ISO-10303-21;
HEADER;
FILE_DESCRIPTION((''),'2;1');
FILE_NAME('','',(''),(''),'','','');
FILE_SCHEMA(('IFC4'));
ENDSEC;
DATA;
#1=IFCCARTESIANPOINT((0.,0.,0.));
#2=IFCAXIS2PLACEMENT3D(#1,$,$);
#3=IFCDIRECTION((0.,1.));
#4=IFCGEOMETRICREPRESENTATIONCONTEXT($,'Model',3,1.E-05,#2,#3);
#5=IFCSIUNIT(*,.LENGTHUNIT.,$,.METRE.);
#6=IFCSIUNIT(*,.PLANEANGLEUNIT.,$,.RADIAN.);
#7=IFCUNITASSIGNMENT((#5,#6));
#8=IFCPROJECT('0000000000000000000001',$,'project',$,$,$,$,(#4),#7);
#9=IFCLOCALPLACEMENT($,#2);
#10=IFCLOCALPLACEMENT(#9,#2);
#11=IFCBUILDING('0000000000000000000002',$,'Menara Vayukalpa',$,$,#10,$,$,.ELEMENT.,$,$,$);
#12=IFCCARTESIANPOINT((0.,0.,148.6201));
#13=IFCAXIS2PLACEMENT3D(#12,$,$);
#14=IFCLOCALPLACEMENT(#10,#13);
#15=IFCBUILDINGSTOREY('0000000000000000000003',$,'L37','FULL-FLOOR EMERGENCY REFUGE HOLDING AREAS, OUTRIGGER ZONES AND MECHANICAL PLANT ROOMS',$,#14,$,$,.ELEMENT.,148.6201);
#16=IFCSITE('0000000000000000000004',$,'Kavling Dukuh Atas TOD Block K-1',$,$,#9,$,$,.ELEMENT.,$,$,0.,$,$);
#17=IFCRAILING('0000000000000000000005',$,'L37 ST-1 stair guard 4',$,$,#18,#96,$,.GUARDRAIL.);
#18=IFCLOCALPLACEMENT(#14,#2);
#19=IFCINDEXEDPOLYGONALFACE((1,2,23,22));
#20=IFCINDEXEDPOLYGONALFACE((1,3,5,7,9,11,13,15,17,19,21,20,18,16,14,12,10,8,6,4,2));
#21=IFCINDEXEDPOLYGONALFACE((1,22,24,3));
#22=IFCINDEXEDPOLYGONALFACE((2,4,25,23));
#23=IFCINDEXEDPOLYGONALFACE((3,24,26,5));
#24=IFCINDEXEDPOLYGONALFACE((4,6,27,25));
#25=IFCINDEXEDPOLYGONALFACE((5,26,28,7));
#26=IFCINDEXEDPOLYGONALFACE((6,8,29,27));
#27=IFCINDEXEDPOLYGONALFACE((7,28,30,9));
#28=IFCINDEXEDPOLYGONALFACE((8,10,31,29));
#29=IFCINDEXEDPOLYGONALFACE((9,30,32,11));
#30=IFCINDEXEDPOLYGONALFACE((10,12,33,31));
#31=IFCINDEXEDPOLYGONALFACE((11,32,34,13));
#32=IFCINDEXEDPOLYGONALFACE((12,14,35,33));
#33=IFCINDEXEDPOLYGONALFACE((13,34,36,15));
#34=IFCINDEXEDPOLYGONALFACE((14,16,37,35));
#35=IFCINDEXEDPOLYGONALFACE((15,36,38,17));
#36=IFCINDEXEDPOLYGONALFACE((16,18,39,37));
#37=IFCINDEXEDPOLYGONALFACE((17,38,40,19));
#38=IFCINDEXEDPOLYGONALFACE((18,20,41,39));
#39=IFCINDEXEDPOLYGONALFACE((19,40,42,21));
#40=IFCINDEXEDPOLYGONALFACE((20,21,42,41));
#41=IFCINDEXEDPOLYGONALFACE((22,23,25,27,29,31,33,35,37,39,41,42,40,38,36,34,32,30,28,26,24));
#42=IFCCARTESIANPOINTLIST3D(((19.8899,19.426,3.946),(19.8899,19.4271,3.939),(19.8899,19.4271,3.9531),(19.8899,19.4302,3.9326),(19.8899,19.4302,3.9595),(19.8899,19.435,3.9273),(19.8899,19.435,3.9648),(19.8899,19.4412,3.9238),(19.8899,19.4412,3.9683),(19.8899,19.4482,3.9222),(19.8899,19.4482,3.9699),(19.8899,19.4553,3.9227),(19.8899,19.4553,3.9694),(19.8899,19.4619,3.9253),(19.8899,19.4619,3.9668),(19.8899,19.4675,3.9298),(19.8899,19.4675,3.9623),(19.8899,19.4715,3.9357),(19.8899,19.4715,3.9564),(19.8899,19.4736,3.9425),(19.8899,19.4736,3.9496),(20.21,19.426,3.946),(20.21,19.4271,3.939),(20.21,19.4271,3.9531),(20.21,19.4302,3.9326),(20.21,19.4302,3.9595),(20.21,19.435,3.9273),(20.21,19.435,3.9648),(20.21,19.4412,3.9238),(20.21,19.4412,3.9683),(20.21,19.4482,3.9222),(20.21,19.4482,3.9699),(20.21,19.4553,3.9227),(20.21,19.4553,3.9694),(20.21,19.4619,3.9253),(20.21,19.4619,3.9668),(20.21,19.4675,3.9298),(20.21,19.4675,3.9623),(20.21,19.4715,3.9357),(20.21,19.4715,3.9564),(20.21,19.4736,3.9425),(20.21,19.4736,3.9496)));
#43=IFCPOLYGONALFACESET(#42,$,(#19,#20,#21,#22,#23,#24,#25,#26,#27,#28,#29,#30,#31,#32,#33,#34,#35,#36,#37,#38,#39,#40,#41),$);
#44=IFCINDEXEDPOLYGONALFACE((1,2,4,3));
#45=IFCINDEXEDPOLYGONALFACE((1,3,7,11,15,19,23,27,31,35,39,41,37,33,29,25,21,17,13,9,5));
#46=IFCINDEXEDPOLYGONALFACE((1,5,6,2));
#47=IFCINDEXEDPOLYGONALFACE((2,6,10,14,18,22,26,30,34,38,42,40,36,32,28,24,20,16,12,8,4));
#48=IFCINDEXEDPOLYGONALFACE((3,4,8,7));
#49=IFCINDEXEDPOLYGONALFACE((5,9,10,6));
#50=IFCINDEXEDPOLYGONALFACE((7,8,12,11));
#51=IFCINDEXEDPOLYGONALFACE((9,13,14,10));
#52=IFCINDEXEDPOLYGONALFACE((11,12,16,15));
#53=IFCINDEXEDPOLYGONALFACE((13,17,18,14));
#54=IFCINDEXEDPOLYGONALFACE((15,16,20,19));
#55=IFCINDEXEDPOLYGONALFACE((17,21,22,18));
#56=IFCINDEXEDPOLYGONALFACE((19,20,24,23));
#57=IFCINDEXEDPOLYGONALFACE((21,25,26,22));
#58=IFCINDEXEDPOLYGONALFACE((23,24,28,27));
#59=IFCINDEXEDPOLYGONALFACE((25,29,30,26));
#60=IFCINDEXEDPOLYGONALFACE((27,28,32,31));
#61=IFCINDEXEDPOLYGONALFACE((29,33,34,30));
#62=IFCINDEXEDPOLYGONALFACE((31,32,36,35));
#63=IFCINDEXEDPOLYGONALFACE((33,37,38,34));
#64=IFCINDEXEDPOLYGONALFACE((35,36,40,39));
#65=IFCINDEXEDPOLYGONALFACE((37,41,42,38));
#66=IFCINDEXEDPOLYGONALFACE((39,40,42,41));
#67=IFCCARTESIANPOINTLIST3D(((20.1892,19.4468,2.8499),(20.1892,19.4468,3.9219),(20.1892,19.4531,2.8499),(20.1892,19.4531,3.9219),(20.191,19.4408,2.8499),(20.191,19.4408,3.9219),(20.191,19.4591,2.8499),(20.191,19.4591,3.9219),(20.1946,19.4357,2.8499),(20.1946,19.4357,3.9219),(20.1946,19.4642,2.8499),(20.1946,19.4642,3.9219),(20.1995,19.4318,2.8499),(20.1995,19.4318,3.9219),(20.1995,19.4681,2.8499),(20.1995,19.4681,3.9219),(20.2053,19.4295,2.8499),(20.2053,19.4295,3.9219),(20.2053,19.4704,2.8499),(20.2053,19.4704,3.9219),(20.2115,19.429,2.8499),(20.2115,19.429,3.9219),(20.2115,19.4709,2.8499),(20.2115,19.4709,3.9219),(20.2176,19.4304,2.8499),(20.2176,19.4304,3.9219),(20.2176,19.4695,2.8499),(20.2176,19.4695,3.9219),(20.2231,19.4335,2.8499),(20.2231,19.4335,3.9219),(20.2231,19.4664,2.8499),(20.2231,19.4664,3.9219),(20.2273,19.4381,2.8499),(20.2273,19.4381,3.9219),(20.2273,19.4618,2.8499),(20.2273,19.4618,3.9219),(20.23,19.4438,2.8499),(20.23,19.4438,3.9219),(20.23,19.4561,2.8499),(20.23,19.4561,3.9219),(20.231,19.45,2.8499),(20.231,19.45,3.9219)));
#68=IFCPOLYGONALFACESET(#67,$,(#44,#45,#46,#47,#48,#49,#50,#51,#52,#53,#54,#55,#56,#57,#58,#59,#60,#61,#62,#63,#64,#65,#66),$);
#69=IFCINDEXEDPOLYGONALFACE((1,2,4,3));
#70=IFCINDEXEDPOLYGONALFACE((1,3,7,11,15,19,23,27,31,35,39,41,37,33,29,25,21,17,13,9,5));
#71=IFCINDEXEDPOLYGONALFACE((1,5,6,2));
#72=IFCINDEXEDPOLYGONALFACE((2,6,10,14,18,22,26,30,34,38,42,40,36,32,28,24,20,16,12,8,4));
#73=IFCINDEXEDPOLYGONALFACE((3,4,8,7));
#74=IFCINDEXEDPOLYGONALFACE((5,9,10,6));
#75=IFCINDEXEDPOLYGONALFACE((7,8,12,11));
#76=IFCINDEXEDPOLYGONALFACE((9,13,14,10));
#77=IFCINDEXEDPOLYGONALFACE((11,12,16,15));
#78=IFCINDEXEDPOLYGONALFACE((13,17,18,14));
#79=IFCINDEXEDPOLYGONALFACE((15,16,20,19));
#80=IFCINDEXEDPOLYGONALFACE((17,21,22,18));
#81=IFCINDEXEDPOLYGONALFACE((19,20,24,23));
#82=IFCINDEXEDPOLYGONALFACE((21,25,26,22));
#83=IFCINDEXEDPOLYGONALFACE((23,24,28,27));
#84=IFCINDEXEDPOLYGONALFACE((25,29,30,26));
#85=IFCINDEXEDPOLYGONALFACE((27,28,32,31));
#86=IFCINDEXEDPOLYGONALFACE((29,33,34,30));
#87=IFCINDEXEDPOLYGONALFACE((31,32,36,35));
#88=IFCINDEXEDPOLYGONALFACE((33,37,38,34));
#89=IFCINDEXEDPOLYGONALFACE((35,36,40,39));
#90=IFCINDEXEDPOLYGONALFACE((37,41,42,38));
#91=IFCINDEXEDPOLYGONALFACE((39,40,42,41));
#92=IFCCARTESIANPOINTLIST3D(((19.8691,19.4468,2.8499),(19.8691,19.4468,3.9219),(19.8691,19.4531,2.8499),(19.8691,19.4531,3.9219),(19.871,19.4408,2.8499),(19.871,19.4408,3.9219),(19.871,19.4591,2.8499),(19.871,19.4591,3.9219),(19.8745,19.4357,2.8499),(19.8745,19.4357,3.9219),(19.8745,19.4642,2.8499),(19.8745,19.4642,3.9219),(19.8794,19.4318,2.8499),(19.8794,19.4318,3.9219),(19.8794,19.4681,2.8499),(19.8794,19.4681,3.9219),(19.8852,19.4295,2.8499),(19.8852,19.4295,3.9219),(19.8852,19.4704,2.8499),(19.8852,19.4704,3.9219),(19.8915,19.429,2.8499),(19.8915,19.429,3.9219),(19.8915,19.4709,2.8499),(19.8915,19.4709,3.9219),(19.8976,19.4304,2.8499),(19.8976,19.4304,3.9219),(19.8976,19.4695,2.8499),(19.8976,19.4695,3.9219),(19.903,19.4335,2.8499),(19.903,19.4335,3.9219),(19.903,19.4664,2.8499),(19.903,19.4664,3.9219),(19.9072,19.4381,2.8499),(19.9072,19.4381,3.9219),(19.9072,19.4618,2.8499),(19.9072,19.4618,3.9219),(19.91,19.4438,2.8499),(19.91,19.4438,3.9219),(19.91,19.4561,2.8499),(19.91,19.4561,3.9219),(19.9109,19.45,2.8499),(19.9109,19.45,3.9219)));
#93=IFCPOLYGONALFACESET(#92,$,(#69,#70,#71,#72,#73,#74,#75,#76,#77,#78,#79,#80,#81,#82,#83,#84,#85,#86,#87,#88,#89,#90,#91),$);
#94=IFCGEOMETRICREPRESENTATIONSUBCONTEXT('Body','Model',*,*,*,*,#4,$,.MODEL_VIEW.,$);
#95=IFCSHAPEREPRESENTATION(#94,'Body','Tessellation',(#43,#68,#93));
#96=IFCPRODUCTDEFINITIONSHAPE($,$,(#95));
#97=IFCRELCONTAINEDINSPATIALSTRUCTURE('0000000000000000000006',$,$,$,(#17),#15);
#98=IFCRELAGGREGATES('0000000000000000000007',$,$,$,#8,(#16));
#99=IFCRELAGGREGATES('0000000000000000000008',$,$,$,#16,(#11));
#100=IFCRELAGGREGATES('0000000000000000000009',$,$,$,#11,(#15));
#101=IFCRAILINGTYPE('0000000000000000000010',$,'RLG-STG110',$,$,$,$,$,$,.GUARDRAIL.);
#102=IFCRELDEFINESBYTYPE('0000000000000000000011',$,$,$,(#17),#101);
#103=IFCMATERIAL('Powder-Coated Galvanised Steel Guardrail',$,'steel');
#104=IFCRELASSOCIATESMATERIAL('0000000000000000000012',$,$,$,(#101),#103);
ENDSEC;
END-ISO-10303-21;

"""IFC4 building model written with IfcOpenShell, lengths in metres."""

from ifc_helpers import new_model, si_unit, direction, frame, origin, origin_2d, place, context, subcontext, project, spatial, circle, extrude, material, type_object, element, save


model = new_model("IFC4")

# Units and contexts
model_context = context("Model", 3, precision=1e-05, world=origin(), true_north=direction((0.0, 1.0)))
body_context = subcontext(model_context, "Body", "Model", "MODEL_VIEW")
ifc_project = project(units=[si_unit("LENGTHUNIT", "METRE"), si_unit("PLANEANGLEUNIT", "RADIAN")], contexts=[model_context])

# Site, building, storey
site_placement = place(None, origin())
site = spatial("IfcSite", under=ifc_project, at=site_placement, Name="Kavling Dukuh Atas TOD Block K-1", CompositionType="ELEMENT", RefElevation=0.0)
building_placement = place(site_placement, origin())
building = spatial("IfcBuilding", under=site, at=building_placement, Name="Menara Vayukalpa", CompositionType="ELEMENT")
storey_placement = place(building_placement, frame((0.0, 0.0, 148.6201)))
storey = spatial("IfcBuildingStorey", under=building, at=storey_placement, Name="L37", Description="FULL-FLOOR EMERGENCY REFUGE HOLDING AREAS, OUTRIGGER ZONES AND MECHANICAL PLANT ROOMS", CompositionType="ELEMENT", Elevation=148.6201)

# Railing
ifc_material_1 = material(Name="Powder-Coated Galvanised Steel Guardrail", Category="steel")
railing_type_1 = type_object("IfcRailingType", Name="RLG-STG110", PredefinedType="GUARDRAIL", material=ifc_material_1)
railing_1_placement = place(storey_placement, frame((20.21, 19.45, 2.8499)))
element("IfcRailing", 1, at=railing_1_placement, inside=storey, type_object=railing_type_1, Name="L37 ST-1 stair guard 4", PredefinedType="GUARDRAIL", context=body_context, shape_type="SweptSolid", body=[
    extrude(circle(Radius=0.0239, at=origin_2d()), frame((0.0, 0.0, 1.0962), z_axis=(-1.0, 0.0, 0.0), x_axis=(0.0, -1.0, 0.0)), (0.0, 0.0, 1.0), 0.3201),
    extrude(circle(Radius=0.021, at=origin_2d()), origin(), (0.0, 0.0, 1.0), 1.072),
    extrude(circle(Radius=0.021, at=origin_2d()), frame((-0.3201, 0.0, 0.0)), (0.0, 0.0, 1.0), 1.072),
])

save(model, "model.ifc")
